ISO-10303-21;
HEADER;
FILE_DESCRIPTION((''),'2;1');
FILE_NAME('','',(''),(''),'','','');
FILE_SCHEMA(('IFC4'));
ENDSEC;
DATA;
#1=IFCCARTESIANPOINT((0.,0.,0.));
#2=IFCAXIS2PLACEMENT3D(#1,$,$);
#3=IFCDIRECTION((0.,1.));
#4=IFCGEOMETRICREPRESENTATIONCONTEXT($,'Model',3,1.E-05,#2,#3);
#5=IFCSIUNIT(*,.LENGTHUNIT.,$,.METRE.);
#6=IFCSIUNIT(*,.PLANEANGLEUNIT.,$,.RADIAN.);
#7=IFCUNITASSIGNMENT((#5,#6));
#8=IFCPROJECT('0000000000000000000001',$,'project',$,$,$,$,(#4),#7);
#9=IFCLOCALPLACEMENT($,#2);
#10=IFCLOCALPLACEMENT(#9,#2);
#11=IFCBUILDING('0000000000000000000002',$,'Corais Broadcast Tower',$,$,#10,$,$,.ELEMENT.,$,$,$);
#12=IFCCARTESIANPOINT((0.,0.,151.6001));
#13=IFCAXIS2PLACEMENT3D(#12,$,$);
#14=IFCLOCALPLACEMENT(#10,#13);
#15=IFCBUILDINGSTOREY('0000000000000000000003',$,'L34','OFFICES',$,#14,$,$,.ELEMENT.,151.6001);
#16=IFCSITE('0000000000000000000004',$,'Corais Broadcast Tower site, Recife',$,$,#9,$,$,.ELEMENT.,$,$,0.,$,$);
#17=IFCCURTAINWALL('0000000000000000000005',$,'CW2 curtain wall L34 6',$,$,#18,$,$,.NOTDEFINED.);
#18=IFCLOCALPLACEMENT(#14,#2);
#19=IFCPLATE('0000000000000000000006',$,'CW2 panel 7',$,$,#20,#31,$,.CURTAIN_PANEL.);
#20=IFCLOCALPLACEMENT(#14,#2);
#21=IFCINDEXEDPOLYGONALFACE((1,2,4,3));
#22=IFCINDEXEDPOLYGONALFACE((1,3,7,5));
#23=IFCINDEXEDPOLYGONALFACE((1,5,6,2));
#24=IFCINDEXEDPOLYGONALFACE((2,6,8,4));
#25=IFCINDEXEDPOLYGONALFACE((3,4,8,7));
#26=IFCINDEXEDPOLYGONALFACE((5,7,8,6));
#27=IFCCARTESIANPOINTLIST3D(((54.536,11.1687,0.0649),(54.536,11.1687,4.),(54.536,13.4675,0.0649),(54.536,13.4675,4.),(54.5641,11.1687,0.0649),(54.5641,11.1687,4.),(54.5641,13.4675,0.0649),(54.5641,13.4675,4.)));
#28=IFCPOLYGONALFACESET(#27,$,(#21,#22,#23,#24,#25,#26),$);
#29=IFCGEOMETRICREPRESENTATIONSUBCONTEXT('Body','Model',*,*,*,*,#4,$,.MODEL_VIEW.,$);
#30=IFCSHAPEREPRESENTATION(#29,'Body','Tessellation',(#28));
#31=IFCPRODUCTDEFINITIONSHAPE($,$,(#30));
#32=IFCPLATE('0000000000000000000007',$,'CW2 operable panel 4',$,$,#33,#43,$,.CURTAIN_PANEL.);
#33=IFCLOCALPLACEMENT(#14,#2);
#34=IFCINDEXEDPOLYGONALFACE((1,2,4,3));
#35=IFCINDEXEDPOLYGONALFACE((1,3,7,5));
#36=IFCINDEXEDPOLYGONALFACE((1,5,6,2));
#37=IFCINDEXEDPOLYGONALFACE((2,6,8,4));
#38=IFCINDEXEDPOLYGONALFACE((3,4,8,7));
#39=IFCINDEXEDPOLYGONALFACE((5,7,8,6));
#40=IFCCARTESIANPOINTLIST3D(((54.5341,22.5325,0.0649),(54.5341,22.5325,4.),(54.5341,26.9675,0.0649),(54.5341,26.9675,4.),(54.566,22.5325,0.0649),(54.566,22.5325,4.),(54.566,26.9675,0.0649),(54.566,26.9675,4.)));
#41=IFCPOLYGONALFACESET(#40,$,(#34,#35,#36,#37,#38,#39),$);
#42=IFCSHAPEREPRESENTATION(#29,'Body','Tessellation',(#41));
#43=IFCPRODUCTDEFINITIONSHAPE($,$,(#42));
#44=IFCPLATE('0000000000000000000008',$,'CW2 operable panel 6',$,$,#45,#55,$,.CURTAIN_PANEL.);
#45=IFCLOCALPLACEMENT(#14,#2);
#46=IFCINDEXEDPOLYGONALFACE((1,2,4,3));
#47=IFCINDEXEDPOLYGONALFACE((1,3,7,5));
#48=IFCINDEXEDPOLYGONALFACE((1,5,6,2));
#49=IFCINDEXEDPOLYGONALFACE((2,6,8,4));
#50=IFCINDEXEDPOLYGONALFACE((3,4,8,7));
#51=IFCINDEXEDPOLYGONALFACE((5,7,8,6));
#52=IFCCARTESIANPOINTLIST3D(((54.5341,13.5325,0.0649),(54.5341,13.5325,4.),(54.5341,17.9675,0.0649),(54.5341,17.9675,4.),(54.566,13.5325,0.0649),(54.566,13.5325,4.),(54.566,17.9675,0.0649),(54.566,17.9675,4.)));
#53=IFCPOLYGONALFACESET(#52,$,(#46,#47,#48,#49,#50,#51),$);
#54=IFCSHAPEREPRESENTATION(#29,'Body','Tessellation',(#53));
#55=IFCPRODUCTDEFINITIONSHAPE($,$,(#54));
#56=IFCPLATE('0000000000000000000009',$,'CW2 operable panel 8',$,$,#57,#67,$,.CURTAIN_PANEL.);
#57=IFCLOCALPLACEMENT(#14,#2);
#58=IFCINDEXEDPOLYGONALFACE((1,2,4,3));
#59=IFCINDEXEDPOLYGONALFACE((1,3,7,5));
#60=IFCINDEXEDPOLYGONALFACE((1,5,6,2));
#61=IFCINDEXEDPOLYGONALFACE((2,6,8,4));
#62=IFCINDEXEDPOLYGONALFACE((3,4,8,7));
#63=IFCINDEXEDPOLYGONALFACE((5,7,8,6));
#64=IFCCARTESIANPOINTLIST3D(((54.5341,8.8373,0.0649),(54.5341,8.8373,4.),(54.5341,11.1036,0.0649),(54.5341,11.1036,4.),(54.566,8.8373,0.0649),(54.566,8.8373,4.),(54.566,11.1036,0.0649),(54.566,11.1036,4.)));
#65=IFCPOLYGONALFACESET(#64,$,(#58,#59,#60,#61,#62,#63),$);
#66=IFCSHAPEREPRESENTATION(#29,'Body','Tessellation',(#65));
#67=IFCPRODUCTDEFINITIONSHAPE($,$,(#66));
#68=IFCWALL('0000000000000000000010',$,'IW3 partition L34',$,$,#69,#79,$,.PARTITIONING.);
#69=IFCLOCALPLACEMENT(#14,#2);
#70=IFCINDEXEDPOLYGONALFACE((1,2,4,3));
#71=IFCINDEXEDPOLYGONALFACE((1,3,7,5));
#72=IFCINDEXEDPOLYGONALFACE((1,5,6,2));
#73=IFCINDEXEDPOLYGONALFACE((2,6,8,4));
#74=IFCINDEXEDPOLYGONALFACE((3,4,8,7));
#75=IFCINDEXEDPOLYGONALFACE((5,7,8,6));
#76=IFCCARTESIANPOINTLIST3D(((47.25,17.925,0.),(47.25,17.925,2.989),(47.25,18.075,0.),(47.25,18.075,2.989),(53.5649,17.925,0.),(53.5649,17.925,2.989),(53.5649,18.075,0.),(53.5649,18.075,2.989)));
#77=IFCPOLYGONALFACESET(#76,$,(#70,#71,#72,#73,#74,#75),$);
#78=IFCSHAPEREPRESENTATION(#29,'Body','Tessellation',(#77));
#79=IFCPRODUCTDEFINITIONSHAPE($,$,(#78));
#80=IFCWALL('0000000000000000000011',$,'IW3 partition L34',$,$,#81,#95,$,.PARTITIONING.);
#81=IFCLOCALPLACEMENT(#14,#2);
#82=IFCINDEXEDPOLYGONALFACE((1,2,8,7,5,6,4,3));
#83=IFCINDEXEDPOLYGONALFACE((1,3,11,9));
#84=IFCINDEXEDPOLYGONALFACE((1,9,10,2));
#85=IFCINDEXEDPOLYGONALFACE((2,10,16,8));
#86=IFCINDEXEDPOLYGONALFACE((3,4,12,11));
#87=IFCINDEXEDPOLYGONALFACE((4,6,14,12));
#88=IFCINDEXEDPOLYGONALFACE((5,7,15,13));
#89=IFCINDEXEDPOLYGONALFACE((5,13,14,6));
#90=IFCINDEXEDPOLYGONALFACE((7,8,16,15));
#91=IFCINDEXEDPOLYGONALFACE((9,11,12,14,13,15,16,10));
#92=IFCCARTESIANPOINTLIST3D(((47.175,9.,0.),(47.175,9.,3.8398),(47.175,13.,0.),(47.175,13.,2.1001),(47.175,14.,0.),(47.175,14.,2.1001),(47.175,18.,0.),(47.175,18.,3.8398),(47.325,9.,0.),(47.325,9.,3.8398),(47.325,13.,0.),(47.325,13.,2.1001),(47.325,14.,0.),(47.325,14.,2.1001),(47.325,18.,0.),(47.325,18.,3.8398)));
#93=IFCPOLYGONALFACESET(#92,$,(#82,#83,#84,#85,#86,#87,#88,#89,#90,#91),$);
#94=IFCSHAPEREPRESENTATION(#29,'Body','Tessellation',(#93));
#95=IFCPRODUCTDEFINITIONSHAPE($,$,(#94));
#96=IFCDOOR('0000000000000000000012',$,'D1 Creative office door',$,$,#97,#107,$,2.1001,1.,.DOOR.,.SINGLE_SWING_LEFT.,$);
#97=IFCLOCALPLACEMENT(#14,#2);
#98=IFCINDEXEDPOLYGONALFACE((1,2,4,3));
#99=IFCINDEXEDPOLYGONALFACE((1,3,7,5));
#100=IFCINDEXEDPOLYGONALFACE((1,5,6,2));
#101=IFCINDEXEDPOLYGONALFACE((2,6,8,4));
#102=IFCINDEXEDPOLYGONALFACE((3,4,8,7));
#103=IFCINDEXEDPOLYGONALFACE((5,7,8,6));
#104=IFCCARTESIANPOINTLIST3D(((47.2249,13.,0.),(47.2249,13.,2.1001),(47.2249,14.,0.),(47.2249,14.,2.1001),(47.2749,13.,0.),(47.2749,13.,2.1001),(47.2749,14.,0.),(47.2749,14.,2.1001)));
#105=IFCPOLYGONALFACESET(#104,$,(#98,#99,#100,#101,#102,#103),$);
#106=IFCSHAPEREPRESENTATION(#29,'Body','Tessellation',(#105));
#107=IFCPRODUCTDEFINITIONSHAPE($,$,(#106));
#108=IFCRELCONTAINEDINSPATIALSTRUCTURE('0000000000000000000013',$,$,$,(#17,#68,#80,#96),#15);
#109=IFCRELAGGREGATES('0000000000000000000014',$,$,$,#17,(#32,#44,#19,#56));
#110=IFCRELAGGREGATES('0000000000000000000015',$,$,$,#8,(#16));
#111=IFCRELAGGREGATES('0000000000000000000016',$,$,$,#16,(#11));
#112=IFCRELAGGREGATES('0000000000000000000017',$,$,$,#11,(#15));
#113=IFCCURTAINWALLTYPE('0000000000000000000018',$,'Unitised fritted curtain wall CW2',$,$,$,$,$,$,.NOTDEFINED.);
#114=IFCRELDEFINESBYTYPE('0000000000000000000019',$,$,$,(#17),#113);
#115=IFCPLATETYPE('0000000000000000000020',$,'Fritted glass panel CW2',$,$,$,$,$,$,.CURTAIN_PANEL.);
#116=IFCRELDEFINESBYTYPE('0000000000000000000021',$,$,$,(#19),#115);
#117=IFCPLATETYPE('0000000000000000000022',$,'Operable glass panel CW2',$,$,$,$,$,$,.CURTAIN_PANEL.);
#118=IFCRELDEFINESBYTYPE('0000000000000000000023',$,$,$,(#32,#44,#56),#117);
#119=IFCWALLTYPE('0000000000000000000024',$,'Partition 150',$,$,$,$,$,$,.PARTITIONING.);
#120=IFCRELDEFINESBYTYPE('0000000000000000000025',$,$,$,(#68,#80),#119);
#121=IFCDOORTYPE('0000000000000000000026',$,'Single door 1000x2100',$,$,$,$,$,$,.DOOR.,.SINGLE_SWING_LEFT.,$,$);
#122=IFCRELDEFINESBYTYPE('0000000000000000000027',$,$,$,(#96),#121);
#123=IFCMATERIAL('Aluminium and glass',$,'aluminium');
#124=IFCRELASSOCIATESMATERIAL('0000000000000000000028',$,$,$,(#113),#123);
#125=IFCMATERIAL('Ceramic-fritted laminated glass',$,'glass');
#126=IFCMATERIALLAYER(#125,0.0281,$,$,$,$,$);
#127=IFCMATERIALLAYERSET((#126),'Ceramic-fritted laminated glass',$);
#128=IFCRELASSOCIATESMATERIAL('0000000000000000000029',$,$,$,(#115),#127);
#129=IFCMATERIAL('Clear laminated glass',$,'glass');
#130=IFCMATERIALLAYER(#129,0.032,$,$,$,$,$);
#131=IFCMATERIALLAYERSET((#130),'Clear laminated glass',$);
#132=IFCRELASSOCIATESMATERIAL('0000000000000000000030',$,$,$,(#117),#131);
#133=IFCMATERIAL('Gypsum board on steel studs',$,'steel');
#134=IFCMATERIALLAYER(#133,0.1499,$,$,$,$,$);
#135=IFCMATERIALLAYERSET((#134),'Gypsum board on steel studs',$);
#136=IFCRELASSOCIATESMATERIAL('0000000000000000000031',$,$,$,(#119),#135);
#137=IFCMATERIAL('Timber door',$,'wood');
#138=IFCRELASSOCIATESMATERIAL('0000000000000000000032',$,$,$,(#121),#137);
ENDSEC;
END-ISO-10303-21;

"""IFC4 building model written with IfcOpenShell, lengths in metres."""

from ifc_helpers import new_model, si_unit, direction, frame, frame_2d, origin, origin_2d, place, context, subcontext, project, spatial, rectangle, extrude, material, layer, layer_set, type_object, element, fill, aggregate, save


model = new_model("IFC4")

# Units and contexts
model_context = context("Model", 3, precision=1e-05, world=origin(), true_north=direction((0.0, 1.0)))
body_context = subcontext(model_context, "Body", "Model", "MODEL_VIEW")
ifc_project = project(units=[si_unit("LENGTHUNIT", "METRE"), si_unit("PLANEANGLEUNIT", "RADIAN")], contexts=[model_context])

# Site, building, storey
site_placement = place(None, origin())
site = spatial("IfcSite", under=ifc_project, at=site_placement, Name="Corais Broadcast Tower site, Recife", CompositionType="ELEMENT", RefElevation=0.0)
building_placement = place(site_placement, origin())
building = spatial("IfcBuilding", under=site, at=building_placement, Name="Corais Broadcast Tower", CompositionType="ELEMENT")
storey_placement = place(building_placement, frame((0.0, 0.0, 151.6001)))
storey = spatial("IfcBuildingStorey", under=building, at=storey_placement, Name="L34", Description="OFFICES", CompositionType="ELEMENT", Elevation=151.6001)

# Curtain wall
ifc_material_1 = material(Name="Aluminium and glass", Category="aluminium")
curtain_wall_type = type_object("IfcCurtainWallType", Name="Unitised fritted curtain wall CW2", PredefinedType="NOTDEFINED", material=ifc_material_1)
curtain_wall_placement = place(storey_placement, origin())
curtain_wall = element("IfcCurtainWall", 1, at=curtain_wall_placement, inside=storey, type_object=curtain_wall_type, Name="CW2 curtain wall L34 6", PredefinedType="NOTDEFINED")

# Plates
ifc_material_2 = material(Name="Ceramic-fritted laminated glass", Category="glass")
ifc_layer_1 = layer(ifc_material_2, 0.0281)
ifc_layer_set_1 = layer_set([ifc_layer_1], Name="Ceramic-fritted laminated glass")
plate_type_1 = type_object("IfcPlateType", Name="Fritted glass panel CW2", PredefinedType="CURTAIN_PANEL", material=ifc_layer_set_1)
plate_1_placement = place(storey_placement, frame((54.55, 12.3181, 0.0649), z_axis=(0.0, 0.0, 1.0), x_axis=(0.0, -1.0, 0.0)))
plate_1 = element("IfcPlate", 2, at=plate_1_placement, type_object=plate_type_1, Name="CW2 panel 7", PredefinedType="CURTAIN_PANEL", context=body_context, shape_type="SweptSolid", body=[
    extrude(rectangle(XDim=2.2988, YDim=0.0281, at=origin_2d()), origin(), (0.0, 0.0, 1.0), 3.9351),
])
ifc_material_3 = material(Name="Clear laminated glass", Category="glass")
ifc_layer_2 = layer(ifc_material_3, 0.032)
ifc_layer_set_2 = layer_set([ifc_layer_2], Name="Clear laminated glass")
plate_type_2 = type_object("IfcPlateType", Name="Operable glass panel CW2", PredefinedType="CURTAIN_PANEL", material=ifc_layer_set_2)
plate_2_placement = place(storey_placement, frame((54.55, 24.75, 0.0649), z_axis=(0.0, 0.0, 1.0), x_axis=(0.0, -1.0, 0.0)))
plate_2 = element("IfcPlate", 3, at=plate_2_placement, type_object=plate_type_2, Name="CW2 operable panel 4", PredefinedType="CURTAIN_PANEL", context=body_context, shape_type="SweptSolid", body=[
    extrude(rectangle(XDim=4.4351, YDim=0.032, at=origin_2d()), origin(), (0.0, 0.0, 1.0), 3.9351),
])
plate_3_placement = place(storey_placement, frame((54.55, 15.75, 0.0649), z_axis=(0.0, 0.0, 1.0), x_axis=(0.0, -1.0, 0.0)))
plate_3 = element("IfcPlate", 4, at=plate_3_placement, type_object=plate_type_2, Name="CW2 operable panel 6", PredefinedType="CURTAIN_PANEL", context=body_context, shape_type="SweptSolid", body=[
    extrude(rectangle(XDim=4.4351, YDim=0.032, at=origin_2d()), origin(), (0.0, 0.0, 1.0), 3.9351),
])
plate_4_placement = place(storey_placement, frame((54.55, 9.9705, 0.0649), z_axis=(0.0, 0.0, 1.0), x_axis=(0.0, -1.0, 0.0)))
plate_4 = element("IfcPlate", 5, at=plate_4_placement, type_object=plate_type_2, Name="CW2 operable panel 8", PredefinedType="CURTAIN_PANEL", context=body_context, shape_type="SweptSolid", body=[
    extrude(rectangle(XDim=2.2664, YDim=0.032, at=origin_2d()), origin(), (0.0, 0.0, 1.0), 3.9351),
])
aggregate(curtain_wall, [plate_2, plate_3, plate_1, plate_4])

# Wall
ifc_material_4 = material(Name="Gypsum board on steel studs", Category="steel")
ifc_layer_3 = layer(ifc_material_4, 0.1499)
ifc_layer_set_3 = layer_set([ifc_layer_3], Name="Gypsum board on steel studs")
wall_type = type_object("IfcWallType", Name="Partition 150", PredefinedType="PARTITIONING", material=ifc_layer_set_3)
wall_1_placement = place(storey_placement, frame((53.5649, 18.0, 0.0), z_axis=(0.0, 0.0, 1.0), x_axis=(-1.0, 0.0, 0.0)))
element("IfcWall", 6, at=wall_1_placement, inside=storey, type_object=wall_type, Name="IW3 partition L34", PredefinedType="PARTITIONING", context=body_context, shape_type="SweptSolid", body=[
    extrude(rectangle(XDim=6.3149, YDim=0.1499, at=frame_2d((3.1575, 0.0))), origin(), (0.0, 0.0, 1.0), 2.989),
])

# Wall, opening, door
wall_2_placement = place(storey_placement, frame((47.25, 18.0, 0.0), z_axis=(0.0, 0.0, 1.0), x_axis=(0.0, -1.0, 0.0)))
wall_2 = element("IfcWall", 7, at=wall_2_placement, inside=storey, type_object=wall_type, Name="IW3 partition L34", PredefinedType="PARTITIONING", context=body_context, shape_type="SweptSolid", body=[
    extrude(rectangle(XDim=9.0, YDim=0.1499, at=frame_2d((4.5, 0.0))), origin(), (0.0, 0.0, 1.0), 3.8398),
])
opening_placement = place(wall_2_placement, frame((4.0, 0.0, 0.0)))
opening = element("IfcOpeningElement", 8, at=opening_placement, cuts=wall_2, PredefinedType="OPENING", context=body_context, shape_type="SweptSolid", body=[
    extrude(rectangle(XDim=1.0, YDim=2.1001, at=frame_2d((0.5, 1.05))), frame((0.0, 0.085, 0.0), z_axis=(0.0, -1.0, 0.0), x_axis=(1.0, 0.0, 0.0)), (0.0, 0.0, 1.0), 0.1699),
])
ifc_material_5 = material(Name="Timber door", Category="wood")
door_type = type_object("IfcDoorType", Name="Single door 1000x2100", OperationType="SINGLE_SWING_LEFT", PredefinedType="DOOR", material=ifc_material_5)
door_placement = place(opening_placement, origin())
door = element("IfcDoor", 9, at=door_placement, inside=storey, type_object=door_type, Name="D1 Creative office door", OperationType="SINGLE_SWING_LEFT", OverallHeight=2.1001, OverallWidth=1.0, PredefinedType="DOOR", context=body_context, shape_type="SweptSolid", body=[
    extrude(rectangle(XDim=1.0, YDim=2.1001, at=frame_2d((0.5, 1.05))), frame((0.0, 0.0249, 0.0), z_axis=(0.0, -1.0, 0.0), x_axis=(1.0, 0.0, 0.0)), (0.0, 0.0, 1.0), 0.05),
])
fill(opening, door)

save(model, "model.ifc")
